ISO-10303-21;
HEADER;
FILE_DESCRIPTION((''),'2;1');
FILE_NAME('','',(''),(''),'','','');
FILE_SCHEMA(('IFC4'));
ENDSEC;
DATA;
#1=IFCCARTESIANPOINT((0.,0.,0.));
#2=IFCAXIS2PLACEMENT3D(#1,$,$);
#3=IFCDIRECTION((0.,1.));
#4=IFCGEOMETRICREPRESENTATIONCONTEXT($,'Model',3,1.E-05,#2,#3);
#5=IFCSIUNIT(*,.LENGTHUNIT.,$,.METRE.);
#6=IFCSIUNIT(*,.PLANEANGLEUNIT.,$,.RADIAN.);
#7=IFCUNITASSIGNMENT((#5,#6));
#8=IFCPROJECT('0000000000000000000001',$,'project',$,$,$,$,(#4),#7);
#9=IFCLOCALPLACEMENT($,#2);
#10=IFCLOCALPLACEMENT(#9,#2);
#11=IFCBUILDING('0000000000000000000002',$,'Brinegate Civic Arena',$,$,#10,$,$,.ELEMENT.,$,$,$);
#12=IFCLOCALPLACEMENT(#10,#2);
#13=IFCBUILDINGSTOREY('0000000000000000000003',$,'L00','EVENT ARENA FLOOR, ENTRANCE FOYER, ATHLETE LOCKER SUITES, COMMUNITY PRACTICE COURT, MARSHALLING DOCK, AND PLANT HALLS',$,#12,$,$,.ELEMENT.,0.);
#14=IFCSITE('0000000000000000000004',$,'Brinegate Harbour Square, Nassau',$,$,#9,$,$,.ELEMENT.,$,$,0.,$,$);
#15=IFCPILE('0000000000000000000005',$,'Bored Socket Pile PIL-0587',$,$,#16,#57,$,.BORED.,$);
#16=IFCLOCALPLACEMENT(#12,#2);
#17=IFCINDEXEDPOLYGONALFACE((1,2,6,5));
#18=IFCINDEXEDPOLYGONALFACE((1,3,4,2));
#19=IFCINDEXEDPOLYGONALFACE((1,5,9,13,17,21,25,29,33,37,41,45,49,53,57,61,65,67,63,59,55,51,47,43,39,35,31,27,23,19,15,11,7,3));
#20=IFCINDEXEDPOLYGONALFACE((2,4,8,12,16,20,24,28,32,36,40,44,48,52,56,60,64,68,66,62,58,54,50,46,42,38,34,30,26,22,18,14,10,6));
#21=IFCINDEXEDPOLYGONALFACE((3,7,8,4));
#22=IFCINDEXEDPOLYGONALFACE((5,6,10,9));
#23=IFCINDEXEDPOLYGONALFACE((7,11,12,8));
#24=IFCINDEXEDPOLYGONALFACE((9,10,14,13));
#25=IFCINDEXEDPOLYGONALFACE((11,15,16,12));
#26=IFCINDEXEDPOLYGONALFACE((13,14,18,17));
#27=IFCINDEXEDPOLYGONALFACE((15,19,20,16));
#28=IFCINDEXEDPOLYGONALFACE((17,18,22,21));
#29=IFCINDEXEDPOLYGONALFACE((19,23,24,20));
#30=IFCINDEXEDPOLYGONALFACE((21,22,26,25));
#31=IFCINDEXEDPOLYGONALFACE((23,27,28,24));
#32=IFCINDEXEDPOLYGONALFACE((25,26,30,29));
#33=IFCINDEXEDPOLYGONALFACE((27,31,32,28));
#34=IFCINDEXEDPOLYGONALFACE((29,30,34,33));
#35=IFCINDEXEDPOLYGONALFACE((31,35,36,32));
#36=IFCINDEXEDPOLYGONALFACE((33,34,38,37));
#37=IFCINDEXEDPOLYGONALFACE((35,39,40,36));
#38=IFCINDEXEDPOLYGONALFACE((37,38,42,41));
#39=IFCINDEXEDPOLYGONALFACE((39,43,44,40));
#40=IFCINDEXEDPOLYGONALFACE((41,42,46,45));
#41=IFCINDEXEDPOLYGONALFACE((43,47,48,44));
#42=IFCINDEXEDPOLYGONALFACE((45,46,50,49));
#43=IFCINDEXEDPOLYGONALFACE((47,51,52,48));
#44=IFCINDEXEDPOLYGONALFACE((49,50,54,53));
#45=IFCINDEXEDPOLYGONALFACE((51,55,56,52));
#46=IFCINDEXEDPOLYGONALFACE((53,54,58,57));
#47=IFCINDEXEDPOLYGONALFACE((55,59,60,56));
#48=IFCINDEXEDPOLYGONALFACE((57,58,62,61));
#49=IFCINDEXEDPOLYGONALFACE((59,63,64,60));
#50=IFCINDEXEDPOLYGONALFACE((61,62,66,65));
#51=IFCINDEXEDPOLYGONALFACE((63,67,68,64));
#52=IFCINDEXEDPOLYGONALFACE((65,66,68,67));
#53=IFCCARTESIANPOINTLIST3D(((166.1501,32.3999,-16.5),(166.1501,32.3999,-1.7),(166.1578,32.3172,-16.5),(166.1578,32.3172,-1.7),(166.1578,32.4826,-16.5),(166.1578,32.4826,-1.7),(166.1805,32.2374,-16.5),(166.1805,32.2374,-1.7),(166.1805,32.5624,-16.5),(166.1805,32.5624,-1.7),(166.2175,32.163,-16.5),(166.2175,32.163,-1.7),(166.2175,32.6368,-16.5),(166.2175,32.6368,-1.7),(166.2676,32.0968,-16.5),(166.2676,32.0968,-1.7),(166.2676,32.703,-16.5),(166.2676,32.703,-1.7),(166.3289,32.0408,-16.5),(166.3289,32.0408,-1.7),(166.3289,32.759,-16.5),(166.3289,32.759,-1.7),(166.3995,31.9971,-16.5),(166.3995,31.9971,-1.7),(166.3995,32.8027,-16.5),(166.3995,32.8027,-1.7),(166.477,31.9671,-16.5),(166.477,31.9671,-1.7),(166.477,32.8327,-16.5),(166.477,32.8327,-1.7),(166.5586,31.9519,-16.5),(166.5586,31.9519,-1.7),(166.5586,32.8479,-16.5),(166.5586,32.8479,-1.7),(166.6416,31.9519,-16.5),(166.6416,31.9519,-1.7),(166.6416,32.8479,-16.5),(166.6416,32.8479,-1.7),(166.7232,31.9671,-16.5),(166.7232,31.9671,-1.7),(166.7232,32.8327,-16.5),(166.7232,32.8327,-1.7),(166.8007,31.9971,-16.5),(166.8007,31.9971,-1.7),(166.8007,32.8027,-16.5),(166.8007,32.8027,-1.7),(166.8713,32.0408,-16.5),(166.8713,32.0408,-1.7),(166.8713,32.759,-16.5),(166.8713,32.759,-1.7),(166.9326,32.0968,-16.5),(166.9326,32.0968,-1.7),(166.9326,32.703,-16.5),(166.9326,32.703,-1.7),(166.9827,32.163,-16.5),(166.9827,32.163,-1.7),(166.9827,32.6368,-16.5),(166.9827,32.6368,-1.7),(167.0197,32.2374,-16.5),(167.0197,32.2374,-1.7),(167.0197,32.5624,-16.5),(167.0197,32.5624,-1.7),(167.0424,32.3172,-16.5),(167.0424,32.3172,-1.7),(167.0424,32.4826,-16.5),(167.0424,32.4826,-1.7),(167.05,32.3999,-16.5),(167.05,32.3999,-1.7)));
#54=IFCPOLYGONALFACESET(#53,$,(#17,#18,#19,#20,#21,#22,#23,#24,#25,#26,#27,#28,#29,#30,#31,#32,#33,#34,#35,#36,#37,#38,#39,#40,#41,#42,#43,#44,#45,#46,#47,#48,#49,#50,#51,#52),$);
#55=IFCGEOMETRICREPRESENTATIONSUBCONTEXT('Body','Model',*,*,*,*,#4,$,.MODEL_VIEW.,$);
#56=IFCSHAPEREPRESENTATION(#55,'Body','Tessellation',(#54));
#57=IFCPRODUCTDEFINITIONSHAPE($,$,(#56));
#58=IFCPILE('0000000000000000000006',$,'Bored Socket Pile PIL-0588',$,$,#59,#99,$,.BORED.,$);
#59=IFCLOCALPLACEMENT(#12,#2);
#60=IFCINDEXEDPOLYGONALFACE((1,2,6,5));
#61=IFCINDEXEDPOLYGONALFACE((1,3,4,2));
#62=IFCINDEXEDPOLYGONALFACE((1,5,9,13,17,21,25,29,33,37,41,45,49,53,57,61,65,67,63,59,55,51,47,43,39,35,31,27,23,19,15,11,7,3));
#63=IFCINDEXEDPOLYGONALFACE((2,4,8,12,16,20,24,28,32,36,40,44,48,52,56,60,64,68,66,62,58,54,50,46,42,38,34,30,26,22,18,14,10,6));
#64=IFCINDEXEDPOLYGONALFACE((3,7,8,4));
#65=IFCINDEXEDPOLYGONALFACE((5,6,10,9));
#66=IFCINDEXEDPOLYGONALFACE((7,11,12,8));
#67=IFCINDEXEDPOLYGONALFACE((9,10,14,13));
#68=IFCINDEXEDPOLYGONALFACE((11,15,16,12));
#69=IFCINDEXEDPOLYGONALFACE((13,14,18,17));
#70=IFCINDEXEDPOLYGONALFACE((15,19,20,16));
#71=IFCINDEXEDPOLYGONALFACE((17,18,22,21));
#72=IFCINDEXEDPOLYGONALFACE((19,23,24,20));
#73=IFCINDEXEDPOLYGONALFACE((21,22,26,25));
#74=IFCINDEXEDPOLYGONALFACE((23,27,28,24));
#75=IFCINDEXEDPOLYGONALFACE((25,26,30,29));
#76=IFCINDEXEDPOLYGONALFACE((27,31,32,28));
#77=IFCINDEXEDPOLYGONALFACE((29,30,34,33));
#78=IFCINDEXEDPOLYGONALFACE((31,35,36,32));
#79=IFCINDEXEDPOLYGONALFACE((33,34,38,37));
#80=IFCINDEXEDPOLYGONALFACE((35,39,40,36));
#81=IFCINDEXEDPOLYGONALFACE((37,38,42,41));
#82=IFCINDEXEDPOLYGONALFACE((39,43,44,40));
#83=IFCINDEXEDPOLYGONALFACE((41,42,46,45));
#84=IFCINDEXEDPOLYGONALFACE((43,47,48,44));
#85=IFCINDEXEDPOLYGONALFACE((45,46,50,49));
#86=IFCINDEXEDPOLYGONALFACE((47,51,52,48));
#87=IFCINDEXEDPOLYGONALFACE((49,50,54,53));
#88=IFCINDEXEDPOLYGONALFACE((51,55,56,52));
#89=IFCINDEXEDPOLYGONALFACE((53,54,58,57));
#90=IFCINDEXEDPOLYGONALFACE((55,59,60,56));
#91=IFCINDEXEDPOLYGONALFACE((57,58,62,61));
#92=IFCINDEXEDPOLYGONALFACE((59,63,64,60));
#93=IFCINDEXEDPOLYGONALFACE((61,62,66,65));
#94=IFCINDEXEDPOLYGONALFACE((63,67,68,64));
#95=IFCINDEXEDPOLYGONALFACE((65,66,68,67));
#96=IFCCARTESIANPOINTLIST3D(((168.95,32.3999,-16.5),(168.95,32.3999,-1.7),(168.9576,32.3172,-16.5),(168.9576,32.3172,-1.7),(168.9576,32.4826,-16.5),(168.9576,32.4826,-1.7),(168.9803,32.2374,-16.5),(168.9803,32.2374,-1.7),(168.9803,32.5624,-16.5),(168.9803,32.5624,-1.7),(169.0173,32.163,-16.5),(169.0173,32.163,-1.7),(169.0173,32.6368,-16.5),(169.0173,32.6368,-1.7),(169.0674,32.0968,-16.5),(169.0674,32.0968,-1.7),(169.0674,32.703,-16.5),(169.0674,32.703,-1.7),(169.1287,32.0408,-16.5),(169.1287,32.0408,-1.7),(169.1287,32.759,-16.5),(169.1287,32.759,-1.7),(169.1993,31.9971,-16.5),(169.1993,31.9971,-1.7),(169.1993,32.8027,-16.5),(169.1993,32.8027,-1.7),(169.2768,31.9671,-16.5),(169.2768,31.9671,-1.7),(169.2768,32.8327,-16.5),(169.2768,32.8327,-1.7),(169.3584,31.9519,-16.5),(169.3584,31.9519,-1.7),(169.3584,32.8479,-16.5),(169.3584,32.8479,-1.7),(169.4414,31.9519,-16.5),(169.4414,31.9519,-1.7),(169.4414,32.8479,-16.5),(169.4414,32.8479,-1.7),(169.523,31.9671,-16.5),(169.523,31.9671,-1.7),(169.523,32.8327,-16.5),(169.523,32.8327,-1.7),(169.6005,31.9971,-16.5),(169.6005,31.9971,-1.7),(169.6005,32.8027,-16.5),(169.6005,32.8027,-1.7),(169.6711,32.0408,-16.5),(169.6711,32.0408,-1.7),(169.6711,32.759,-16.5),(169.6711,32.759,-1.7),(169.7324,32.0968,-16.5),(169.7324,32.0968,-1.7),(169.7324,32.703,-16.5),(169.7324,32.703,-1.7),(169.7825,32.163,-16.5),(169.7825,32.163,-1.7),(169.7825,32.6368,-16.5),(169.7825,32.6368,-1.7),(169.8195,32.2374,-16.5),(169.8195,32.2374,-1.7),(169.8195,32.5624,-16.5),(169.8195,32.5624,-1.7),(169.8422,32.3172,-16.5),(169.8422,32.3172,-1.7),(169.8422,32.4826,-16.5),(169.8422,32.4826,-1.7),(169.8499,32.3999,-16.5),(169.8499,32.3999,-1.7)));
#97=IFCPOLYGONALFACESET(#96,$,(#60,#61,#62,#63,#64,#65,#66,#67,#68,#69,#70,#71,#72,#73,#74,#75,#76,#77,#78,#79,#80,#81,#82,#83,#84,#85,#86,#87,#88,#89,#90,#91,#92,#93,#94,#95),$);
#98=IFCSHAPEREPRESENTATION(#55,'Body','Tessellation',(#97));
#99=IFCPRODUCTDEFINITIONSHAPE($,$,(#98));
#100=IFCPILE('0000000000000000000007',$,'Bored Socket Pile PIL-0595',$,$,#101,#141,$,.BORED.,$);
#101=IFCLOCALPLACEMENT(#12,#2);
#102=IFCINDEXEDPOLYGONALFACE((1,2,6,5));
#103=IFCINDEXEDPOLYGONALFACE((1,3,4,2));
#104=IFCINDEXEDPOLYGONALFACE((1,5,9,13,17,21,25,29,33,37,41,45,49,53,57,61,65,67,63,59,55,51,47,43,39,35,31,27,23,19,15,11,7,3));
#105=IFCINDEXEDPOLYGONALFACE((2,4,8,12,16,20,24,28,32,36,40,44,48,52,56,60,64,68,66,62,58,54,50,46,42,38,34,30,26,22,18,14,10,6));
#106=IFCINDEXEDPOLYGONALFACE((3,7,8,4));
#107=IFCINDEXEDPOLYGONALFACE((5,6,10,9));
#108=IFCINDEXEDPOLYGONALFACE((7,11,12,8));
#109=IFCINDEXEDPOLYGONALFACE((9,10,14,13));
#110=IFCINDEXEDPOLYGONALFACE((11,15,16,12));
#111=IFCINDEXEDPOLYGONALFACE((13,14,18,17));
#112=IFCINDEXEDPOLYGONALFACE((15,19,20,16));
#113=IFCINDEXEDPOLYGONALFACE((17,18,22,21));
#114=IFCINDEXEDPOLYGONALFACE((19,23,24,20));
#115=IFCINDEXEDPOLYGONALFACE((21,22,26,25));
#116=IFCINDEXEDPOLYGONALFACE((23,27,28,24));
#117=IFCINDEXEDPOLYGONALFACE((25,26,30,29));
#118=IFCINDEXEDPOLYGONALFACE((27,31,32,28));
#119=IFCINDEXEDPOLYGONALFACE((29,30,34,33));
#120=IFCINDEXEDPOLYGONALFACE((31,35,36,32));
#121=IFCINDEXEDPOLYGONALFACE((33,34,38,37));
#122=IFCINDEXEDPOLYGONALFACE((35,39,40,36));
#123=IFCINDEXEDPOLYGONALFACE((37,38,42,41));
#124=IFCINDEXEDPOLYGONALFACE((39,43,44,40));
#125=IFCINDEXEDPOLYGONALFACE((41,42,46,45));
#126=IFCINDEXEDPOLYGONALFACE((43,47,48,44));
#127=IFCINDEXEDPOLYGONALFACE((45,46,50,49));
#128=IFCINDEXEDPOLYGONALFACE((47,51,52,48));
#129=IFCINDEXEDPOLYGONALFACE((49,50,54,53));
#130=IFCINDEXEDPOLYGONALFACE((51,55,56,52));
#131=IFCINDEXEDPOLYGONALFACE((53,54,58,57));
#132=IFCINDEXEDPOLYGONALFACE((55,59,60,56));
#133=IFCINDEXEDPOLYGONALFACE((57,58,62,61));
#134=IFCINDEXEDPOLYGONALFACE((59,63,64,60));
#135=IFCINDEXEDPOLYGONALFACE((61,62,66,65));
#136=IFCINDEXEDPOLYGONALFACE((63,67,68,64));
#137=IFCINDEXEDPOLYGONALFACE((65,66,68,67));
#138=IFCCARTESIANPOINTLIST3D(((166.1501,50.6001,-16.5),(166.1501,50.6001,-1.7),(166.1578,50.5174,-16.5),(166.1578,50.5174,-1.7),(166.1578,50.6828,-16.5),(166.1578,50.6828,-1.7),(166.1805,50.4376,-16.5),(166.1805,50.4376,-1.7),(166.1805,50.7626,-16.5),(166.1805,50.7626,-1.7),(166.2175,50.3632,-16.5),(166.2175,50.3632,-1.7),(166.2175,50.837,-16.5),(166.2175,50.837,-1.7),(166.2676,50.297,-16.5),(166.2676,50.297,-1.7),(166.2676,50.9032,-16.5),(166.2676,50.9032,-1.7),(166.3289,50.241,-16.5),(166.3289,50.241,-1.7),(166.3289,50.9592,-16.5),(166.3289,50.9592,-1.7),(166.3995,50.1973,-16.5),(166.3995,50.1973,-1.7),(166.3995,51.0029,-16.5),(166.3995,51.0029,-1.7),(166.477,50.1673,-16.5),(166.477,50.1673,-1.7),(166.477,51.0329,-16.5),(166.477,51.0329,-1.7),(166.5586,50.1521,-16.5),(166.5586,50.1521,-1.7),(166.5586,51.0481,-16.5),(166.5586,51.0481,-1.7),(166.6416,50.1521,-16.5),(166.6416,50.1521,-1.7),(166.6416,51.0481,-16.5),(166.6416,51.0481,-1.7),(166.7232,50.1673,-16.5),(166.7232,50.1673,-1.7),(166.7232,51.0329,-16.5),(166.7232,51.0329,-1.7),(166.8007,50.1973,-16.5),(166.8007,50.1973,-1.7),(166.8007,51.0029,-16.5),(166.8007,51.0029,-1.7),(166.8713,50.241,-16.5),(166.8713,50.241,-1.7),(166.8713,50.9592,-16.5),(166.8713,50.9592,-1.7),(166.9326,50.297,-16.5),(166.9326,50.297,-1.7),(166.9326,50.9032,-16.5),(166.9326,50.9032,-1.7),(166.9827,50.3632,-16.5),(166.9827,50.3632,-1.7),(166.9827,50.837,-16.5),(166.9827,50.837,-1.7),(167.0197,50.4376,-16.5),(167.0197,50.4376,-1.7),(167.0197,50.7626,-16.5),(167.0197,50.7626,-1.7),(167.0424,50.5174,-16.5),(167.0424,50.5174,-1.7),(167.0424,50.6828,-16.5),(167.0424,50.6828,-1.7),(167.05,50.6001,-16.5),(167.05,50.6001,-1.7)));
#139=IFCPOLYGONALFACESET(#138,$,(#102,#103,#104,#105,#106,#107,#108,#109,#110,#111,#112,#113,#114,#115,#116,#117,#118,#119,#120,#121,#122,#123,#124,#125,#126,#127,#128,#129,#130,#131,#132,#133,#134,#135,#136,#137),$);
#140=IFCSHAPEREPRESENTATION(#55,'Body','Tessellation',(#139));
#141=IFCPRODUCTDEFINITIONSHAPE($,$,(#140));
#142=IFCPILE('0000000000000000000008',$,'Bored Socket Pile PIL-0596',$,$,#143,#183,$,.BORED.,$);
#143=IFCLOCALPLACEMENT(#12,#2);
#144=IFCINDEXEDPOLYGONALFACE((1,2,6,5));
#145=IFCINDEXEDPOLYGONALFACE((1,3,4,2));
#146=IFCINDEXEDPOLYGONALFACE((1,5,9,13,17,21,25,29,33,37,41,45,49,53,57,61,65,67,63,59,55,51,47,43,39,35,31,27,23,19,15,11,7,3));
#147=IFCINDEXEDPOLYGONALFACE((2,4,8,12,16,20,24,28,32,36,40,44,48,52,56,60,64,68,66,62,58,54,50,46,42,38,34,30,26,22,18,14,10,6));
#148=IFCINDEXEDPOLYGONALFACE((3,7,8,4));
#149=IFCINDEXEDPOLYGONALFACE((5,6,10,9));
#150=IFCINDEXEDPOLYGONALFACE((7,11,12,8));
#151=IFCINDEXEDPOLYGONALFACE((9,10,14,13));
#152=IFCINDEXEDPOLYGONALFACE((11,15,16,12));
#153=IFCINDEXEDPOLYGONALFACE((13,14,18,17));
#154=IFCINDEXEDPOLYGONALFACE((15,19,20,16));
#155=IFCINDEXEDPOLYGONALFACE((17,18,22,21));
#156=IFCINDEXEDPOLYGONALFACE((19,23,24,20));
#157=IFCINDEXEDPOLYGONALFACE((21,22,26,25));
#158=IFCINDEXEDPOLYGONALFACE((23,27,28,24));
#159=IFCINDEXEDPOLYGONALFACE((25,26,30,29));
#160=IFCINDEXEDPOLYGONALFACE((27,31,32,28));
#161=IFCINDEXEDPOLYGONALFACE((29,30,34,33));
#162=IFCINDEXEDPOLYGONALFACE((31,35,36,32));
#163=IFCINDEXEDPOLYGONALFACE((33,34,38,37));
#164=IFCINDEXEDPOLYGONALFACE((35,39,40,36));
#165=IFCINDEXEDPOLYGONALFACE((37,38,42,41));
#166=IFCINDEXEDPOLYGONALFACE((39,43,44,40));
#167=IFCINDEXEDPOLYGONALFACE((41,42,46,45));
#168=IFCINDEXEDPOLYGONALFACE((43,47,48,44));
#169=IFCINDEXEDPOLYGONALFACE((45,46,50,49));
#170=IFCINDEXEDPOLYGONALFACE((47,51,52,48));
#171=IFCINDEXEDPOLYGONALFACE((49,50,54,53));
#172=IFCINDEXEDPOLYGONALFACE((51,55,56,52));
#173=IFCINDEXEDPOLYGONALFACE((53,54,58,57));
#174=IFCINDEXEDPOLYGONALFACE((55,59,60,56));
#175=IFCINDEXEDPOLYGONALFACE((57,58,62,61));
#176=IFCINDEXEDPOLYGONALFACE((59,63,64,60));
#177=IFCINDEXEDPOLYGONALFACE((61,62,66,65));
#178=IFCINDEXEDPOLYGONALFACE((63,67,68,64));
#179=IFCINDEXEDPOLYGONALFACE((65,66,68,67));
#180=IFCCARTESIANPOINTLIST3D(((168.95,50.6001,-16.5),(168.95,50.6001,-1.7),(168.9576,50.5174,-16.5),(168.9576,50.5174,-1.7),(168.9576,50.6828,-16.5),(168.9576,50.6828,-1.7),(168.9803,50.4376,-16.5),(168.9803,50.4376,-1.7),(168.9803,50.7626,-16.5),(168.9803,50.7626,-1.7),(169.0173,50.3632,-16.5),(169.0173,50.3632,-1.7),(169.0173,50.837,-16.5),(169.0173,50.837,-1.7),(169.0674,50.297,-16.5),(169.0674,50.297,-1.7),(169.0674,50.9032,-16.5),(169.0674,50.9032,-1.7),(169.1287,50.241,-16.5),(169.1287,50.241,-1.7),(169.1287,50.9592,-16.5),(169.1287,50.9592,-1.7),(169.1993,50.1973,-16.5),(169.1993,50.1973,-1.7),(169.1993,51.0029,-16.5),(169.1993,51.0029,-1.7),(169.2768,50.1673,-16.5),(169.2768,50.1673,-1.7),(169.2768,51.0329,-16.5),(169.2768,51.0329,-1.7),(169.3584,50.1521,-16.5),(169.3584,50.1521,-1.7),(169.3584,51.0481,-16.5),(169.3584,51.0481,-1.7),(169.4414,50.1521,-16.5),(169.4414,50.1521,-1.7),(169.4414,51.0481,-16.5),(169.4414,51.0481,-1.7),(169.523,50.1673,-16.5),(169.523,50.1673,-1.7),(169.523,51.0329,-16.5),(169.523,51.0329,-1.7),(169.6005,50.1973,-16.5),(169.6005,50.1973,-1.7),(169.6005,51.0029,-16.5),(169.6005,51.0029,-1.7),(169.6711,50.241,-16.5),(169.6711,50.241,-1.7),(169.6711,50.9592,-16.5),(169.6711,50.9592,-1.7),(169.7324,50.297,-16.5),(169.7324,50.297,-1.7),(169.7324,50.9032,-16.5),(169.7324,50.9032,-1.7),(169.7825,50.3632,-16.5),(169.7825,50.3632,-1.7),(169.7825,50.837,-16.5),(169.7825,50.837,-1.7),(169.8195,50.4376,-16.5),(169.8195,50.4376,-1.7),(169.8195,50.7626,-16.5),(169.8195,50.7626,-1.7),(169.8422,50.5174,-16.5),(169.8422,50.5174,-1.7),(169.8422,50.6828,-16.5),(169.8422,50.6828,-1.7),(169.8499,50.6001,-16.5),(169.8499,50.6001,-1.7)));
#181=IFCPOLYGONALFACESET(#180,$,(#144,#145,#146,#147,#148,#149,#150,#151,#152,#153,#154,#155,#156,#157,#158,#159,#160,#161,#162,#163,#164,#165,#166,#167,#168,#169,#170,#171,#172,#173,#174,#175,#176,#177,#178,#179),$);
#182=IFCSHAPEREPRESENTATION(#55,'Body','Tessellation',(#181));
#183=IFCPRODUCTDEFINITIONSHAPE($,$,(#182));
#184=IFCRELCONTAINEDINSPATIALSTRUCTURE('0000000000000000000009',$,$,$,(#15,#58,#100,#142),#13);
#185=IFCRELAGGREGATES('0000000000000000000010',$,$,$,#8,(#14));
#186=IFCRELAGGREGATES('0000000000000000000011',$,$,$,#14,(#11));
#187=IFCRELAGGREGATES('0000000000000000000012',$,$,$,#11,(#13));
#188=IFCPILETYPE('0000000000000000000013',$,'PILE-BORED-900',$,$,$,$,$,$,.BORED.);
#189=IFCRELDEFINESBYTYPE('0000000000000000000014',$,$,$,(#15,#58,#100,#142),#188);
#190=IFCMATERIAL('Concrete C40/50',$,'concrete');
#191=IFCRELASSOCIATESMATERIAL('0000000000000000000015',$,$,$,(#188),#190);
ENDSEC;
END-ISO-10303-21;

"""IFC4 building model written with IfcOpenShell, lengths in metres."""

from ifc_helpers import new_model, si_unit, direction, frame, origin, origin_2d, place, context, subcontext, project, spatial, circle, extrude, material, material_profile, profile_set, type_object, element, save


model = new_model("IFC4")

# Units and contexts
model_context = context("Model", 3, precision=1e-05, world=origin(), true_north=direction((0.0, 1.0)))
body_context = subcontext(model_context, "Body", "Model", "MODEL_VIEW")
ifc_project = project(units=[si_unit("LENGTHUNIT", "METRE"), si_unit("PLANEANGLEUNIT", "RADIAN")], contexts=[model_context])

# Site, building, storey
site_placement = place(None, origin())
site = spatial("IfcSite", under=ifc_project, at=site_placement, Name="Brinegate Harbour Square, Nassau", CompositionType="ELEMENT", RefElevation=0.0)
building_placement = place(site_placement, origin())
building = spatial("IfcBuilding", under=site, at=building_placement, Name="Brinegate Civic Arena", CompositionType="ELEMENT")
storey_placement = place(building_placement, origin())
storey = spatial("IfcBuildingStorey", under=building, at=storey_placement, Name="L00", Description="EVENT ARENA FLOOR, ENTRANCE FOYER, ATHLETE LOCKER SUITES, COMMUNITY PRACTICE COURT, MARSHALLING DOCK, AND PLANT HALLS", CompositionType="ELEMENT", Elevation=0.0)

# Shared definitions
ifc_material_1 = material(Name="Concrete C40/50", Category="concrete")

# Piles
ifc_material_profile_1 = material_profile(ifc_material_1, circle(Radius=0.45, at=origin_2d()), Name="PILED900")
ifc_profile_set_1 = profile_set([ifc_material_profile_1], Name="Concrete C40/50")
pile_type_1 = type_object("IfcPileType", Name="PILE-BORED-900", PredefinedType="BORED", material=ifc_profile_set_1)
for number, where, z_axis, x_axis, name in (
    (1, (166.6001, 32.3999, -1.7), (0.0, 0.0, -1.0), (1.0, 0.0, 0.0), "Bored Socket Pile PIL-0587"),
    (2, (169.3999, 32.3999, -1.7), (0.0, 0.0, -1.0), (1.0, 0.0, 0.0), "Bored Socket Pile PIL-0588"),
    (3, (166.6001, 50.6001, -1.7), (0.0, 0.0, -1.0), (1.0, 0.0, 0.0), "Bored Socket Pile PIL-0595"),
    (4, (169.3999, 50.6001, -1.7), (0.0, 0.0, -1.0), (1.0, 0.0, 0.0), "Bored Socket Pile PIL-0596"),
):
    element("IfcPile", number, at=place(storey_placement, frame(where, z_axis=z_axis, x_axis=x_axis)), inside=storey, type_object=pile_type_1, Name=name, PredefinedType="BORED", context=body_context, shape_type="SweptSolid", body=[
        extrude(circle(Radius=0.45, at=origin_2d()), origin(), (0.0, 0.0, 1.0), 14.8),
    ])

save(model, "model.ifc")
